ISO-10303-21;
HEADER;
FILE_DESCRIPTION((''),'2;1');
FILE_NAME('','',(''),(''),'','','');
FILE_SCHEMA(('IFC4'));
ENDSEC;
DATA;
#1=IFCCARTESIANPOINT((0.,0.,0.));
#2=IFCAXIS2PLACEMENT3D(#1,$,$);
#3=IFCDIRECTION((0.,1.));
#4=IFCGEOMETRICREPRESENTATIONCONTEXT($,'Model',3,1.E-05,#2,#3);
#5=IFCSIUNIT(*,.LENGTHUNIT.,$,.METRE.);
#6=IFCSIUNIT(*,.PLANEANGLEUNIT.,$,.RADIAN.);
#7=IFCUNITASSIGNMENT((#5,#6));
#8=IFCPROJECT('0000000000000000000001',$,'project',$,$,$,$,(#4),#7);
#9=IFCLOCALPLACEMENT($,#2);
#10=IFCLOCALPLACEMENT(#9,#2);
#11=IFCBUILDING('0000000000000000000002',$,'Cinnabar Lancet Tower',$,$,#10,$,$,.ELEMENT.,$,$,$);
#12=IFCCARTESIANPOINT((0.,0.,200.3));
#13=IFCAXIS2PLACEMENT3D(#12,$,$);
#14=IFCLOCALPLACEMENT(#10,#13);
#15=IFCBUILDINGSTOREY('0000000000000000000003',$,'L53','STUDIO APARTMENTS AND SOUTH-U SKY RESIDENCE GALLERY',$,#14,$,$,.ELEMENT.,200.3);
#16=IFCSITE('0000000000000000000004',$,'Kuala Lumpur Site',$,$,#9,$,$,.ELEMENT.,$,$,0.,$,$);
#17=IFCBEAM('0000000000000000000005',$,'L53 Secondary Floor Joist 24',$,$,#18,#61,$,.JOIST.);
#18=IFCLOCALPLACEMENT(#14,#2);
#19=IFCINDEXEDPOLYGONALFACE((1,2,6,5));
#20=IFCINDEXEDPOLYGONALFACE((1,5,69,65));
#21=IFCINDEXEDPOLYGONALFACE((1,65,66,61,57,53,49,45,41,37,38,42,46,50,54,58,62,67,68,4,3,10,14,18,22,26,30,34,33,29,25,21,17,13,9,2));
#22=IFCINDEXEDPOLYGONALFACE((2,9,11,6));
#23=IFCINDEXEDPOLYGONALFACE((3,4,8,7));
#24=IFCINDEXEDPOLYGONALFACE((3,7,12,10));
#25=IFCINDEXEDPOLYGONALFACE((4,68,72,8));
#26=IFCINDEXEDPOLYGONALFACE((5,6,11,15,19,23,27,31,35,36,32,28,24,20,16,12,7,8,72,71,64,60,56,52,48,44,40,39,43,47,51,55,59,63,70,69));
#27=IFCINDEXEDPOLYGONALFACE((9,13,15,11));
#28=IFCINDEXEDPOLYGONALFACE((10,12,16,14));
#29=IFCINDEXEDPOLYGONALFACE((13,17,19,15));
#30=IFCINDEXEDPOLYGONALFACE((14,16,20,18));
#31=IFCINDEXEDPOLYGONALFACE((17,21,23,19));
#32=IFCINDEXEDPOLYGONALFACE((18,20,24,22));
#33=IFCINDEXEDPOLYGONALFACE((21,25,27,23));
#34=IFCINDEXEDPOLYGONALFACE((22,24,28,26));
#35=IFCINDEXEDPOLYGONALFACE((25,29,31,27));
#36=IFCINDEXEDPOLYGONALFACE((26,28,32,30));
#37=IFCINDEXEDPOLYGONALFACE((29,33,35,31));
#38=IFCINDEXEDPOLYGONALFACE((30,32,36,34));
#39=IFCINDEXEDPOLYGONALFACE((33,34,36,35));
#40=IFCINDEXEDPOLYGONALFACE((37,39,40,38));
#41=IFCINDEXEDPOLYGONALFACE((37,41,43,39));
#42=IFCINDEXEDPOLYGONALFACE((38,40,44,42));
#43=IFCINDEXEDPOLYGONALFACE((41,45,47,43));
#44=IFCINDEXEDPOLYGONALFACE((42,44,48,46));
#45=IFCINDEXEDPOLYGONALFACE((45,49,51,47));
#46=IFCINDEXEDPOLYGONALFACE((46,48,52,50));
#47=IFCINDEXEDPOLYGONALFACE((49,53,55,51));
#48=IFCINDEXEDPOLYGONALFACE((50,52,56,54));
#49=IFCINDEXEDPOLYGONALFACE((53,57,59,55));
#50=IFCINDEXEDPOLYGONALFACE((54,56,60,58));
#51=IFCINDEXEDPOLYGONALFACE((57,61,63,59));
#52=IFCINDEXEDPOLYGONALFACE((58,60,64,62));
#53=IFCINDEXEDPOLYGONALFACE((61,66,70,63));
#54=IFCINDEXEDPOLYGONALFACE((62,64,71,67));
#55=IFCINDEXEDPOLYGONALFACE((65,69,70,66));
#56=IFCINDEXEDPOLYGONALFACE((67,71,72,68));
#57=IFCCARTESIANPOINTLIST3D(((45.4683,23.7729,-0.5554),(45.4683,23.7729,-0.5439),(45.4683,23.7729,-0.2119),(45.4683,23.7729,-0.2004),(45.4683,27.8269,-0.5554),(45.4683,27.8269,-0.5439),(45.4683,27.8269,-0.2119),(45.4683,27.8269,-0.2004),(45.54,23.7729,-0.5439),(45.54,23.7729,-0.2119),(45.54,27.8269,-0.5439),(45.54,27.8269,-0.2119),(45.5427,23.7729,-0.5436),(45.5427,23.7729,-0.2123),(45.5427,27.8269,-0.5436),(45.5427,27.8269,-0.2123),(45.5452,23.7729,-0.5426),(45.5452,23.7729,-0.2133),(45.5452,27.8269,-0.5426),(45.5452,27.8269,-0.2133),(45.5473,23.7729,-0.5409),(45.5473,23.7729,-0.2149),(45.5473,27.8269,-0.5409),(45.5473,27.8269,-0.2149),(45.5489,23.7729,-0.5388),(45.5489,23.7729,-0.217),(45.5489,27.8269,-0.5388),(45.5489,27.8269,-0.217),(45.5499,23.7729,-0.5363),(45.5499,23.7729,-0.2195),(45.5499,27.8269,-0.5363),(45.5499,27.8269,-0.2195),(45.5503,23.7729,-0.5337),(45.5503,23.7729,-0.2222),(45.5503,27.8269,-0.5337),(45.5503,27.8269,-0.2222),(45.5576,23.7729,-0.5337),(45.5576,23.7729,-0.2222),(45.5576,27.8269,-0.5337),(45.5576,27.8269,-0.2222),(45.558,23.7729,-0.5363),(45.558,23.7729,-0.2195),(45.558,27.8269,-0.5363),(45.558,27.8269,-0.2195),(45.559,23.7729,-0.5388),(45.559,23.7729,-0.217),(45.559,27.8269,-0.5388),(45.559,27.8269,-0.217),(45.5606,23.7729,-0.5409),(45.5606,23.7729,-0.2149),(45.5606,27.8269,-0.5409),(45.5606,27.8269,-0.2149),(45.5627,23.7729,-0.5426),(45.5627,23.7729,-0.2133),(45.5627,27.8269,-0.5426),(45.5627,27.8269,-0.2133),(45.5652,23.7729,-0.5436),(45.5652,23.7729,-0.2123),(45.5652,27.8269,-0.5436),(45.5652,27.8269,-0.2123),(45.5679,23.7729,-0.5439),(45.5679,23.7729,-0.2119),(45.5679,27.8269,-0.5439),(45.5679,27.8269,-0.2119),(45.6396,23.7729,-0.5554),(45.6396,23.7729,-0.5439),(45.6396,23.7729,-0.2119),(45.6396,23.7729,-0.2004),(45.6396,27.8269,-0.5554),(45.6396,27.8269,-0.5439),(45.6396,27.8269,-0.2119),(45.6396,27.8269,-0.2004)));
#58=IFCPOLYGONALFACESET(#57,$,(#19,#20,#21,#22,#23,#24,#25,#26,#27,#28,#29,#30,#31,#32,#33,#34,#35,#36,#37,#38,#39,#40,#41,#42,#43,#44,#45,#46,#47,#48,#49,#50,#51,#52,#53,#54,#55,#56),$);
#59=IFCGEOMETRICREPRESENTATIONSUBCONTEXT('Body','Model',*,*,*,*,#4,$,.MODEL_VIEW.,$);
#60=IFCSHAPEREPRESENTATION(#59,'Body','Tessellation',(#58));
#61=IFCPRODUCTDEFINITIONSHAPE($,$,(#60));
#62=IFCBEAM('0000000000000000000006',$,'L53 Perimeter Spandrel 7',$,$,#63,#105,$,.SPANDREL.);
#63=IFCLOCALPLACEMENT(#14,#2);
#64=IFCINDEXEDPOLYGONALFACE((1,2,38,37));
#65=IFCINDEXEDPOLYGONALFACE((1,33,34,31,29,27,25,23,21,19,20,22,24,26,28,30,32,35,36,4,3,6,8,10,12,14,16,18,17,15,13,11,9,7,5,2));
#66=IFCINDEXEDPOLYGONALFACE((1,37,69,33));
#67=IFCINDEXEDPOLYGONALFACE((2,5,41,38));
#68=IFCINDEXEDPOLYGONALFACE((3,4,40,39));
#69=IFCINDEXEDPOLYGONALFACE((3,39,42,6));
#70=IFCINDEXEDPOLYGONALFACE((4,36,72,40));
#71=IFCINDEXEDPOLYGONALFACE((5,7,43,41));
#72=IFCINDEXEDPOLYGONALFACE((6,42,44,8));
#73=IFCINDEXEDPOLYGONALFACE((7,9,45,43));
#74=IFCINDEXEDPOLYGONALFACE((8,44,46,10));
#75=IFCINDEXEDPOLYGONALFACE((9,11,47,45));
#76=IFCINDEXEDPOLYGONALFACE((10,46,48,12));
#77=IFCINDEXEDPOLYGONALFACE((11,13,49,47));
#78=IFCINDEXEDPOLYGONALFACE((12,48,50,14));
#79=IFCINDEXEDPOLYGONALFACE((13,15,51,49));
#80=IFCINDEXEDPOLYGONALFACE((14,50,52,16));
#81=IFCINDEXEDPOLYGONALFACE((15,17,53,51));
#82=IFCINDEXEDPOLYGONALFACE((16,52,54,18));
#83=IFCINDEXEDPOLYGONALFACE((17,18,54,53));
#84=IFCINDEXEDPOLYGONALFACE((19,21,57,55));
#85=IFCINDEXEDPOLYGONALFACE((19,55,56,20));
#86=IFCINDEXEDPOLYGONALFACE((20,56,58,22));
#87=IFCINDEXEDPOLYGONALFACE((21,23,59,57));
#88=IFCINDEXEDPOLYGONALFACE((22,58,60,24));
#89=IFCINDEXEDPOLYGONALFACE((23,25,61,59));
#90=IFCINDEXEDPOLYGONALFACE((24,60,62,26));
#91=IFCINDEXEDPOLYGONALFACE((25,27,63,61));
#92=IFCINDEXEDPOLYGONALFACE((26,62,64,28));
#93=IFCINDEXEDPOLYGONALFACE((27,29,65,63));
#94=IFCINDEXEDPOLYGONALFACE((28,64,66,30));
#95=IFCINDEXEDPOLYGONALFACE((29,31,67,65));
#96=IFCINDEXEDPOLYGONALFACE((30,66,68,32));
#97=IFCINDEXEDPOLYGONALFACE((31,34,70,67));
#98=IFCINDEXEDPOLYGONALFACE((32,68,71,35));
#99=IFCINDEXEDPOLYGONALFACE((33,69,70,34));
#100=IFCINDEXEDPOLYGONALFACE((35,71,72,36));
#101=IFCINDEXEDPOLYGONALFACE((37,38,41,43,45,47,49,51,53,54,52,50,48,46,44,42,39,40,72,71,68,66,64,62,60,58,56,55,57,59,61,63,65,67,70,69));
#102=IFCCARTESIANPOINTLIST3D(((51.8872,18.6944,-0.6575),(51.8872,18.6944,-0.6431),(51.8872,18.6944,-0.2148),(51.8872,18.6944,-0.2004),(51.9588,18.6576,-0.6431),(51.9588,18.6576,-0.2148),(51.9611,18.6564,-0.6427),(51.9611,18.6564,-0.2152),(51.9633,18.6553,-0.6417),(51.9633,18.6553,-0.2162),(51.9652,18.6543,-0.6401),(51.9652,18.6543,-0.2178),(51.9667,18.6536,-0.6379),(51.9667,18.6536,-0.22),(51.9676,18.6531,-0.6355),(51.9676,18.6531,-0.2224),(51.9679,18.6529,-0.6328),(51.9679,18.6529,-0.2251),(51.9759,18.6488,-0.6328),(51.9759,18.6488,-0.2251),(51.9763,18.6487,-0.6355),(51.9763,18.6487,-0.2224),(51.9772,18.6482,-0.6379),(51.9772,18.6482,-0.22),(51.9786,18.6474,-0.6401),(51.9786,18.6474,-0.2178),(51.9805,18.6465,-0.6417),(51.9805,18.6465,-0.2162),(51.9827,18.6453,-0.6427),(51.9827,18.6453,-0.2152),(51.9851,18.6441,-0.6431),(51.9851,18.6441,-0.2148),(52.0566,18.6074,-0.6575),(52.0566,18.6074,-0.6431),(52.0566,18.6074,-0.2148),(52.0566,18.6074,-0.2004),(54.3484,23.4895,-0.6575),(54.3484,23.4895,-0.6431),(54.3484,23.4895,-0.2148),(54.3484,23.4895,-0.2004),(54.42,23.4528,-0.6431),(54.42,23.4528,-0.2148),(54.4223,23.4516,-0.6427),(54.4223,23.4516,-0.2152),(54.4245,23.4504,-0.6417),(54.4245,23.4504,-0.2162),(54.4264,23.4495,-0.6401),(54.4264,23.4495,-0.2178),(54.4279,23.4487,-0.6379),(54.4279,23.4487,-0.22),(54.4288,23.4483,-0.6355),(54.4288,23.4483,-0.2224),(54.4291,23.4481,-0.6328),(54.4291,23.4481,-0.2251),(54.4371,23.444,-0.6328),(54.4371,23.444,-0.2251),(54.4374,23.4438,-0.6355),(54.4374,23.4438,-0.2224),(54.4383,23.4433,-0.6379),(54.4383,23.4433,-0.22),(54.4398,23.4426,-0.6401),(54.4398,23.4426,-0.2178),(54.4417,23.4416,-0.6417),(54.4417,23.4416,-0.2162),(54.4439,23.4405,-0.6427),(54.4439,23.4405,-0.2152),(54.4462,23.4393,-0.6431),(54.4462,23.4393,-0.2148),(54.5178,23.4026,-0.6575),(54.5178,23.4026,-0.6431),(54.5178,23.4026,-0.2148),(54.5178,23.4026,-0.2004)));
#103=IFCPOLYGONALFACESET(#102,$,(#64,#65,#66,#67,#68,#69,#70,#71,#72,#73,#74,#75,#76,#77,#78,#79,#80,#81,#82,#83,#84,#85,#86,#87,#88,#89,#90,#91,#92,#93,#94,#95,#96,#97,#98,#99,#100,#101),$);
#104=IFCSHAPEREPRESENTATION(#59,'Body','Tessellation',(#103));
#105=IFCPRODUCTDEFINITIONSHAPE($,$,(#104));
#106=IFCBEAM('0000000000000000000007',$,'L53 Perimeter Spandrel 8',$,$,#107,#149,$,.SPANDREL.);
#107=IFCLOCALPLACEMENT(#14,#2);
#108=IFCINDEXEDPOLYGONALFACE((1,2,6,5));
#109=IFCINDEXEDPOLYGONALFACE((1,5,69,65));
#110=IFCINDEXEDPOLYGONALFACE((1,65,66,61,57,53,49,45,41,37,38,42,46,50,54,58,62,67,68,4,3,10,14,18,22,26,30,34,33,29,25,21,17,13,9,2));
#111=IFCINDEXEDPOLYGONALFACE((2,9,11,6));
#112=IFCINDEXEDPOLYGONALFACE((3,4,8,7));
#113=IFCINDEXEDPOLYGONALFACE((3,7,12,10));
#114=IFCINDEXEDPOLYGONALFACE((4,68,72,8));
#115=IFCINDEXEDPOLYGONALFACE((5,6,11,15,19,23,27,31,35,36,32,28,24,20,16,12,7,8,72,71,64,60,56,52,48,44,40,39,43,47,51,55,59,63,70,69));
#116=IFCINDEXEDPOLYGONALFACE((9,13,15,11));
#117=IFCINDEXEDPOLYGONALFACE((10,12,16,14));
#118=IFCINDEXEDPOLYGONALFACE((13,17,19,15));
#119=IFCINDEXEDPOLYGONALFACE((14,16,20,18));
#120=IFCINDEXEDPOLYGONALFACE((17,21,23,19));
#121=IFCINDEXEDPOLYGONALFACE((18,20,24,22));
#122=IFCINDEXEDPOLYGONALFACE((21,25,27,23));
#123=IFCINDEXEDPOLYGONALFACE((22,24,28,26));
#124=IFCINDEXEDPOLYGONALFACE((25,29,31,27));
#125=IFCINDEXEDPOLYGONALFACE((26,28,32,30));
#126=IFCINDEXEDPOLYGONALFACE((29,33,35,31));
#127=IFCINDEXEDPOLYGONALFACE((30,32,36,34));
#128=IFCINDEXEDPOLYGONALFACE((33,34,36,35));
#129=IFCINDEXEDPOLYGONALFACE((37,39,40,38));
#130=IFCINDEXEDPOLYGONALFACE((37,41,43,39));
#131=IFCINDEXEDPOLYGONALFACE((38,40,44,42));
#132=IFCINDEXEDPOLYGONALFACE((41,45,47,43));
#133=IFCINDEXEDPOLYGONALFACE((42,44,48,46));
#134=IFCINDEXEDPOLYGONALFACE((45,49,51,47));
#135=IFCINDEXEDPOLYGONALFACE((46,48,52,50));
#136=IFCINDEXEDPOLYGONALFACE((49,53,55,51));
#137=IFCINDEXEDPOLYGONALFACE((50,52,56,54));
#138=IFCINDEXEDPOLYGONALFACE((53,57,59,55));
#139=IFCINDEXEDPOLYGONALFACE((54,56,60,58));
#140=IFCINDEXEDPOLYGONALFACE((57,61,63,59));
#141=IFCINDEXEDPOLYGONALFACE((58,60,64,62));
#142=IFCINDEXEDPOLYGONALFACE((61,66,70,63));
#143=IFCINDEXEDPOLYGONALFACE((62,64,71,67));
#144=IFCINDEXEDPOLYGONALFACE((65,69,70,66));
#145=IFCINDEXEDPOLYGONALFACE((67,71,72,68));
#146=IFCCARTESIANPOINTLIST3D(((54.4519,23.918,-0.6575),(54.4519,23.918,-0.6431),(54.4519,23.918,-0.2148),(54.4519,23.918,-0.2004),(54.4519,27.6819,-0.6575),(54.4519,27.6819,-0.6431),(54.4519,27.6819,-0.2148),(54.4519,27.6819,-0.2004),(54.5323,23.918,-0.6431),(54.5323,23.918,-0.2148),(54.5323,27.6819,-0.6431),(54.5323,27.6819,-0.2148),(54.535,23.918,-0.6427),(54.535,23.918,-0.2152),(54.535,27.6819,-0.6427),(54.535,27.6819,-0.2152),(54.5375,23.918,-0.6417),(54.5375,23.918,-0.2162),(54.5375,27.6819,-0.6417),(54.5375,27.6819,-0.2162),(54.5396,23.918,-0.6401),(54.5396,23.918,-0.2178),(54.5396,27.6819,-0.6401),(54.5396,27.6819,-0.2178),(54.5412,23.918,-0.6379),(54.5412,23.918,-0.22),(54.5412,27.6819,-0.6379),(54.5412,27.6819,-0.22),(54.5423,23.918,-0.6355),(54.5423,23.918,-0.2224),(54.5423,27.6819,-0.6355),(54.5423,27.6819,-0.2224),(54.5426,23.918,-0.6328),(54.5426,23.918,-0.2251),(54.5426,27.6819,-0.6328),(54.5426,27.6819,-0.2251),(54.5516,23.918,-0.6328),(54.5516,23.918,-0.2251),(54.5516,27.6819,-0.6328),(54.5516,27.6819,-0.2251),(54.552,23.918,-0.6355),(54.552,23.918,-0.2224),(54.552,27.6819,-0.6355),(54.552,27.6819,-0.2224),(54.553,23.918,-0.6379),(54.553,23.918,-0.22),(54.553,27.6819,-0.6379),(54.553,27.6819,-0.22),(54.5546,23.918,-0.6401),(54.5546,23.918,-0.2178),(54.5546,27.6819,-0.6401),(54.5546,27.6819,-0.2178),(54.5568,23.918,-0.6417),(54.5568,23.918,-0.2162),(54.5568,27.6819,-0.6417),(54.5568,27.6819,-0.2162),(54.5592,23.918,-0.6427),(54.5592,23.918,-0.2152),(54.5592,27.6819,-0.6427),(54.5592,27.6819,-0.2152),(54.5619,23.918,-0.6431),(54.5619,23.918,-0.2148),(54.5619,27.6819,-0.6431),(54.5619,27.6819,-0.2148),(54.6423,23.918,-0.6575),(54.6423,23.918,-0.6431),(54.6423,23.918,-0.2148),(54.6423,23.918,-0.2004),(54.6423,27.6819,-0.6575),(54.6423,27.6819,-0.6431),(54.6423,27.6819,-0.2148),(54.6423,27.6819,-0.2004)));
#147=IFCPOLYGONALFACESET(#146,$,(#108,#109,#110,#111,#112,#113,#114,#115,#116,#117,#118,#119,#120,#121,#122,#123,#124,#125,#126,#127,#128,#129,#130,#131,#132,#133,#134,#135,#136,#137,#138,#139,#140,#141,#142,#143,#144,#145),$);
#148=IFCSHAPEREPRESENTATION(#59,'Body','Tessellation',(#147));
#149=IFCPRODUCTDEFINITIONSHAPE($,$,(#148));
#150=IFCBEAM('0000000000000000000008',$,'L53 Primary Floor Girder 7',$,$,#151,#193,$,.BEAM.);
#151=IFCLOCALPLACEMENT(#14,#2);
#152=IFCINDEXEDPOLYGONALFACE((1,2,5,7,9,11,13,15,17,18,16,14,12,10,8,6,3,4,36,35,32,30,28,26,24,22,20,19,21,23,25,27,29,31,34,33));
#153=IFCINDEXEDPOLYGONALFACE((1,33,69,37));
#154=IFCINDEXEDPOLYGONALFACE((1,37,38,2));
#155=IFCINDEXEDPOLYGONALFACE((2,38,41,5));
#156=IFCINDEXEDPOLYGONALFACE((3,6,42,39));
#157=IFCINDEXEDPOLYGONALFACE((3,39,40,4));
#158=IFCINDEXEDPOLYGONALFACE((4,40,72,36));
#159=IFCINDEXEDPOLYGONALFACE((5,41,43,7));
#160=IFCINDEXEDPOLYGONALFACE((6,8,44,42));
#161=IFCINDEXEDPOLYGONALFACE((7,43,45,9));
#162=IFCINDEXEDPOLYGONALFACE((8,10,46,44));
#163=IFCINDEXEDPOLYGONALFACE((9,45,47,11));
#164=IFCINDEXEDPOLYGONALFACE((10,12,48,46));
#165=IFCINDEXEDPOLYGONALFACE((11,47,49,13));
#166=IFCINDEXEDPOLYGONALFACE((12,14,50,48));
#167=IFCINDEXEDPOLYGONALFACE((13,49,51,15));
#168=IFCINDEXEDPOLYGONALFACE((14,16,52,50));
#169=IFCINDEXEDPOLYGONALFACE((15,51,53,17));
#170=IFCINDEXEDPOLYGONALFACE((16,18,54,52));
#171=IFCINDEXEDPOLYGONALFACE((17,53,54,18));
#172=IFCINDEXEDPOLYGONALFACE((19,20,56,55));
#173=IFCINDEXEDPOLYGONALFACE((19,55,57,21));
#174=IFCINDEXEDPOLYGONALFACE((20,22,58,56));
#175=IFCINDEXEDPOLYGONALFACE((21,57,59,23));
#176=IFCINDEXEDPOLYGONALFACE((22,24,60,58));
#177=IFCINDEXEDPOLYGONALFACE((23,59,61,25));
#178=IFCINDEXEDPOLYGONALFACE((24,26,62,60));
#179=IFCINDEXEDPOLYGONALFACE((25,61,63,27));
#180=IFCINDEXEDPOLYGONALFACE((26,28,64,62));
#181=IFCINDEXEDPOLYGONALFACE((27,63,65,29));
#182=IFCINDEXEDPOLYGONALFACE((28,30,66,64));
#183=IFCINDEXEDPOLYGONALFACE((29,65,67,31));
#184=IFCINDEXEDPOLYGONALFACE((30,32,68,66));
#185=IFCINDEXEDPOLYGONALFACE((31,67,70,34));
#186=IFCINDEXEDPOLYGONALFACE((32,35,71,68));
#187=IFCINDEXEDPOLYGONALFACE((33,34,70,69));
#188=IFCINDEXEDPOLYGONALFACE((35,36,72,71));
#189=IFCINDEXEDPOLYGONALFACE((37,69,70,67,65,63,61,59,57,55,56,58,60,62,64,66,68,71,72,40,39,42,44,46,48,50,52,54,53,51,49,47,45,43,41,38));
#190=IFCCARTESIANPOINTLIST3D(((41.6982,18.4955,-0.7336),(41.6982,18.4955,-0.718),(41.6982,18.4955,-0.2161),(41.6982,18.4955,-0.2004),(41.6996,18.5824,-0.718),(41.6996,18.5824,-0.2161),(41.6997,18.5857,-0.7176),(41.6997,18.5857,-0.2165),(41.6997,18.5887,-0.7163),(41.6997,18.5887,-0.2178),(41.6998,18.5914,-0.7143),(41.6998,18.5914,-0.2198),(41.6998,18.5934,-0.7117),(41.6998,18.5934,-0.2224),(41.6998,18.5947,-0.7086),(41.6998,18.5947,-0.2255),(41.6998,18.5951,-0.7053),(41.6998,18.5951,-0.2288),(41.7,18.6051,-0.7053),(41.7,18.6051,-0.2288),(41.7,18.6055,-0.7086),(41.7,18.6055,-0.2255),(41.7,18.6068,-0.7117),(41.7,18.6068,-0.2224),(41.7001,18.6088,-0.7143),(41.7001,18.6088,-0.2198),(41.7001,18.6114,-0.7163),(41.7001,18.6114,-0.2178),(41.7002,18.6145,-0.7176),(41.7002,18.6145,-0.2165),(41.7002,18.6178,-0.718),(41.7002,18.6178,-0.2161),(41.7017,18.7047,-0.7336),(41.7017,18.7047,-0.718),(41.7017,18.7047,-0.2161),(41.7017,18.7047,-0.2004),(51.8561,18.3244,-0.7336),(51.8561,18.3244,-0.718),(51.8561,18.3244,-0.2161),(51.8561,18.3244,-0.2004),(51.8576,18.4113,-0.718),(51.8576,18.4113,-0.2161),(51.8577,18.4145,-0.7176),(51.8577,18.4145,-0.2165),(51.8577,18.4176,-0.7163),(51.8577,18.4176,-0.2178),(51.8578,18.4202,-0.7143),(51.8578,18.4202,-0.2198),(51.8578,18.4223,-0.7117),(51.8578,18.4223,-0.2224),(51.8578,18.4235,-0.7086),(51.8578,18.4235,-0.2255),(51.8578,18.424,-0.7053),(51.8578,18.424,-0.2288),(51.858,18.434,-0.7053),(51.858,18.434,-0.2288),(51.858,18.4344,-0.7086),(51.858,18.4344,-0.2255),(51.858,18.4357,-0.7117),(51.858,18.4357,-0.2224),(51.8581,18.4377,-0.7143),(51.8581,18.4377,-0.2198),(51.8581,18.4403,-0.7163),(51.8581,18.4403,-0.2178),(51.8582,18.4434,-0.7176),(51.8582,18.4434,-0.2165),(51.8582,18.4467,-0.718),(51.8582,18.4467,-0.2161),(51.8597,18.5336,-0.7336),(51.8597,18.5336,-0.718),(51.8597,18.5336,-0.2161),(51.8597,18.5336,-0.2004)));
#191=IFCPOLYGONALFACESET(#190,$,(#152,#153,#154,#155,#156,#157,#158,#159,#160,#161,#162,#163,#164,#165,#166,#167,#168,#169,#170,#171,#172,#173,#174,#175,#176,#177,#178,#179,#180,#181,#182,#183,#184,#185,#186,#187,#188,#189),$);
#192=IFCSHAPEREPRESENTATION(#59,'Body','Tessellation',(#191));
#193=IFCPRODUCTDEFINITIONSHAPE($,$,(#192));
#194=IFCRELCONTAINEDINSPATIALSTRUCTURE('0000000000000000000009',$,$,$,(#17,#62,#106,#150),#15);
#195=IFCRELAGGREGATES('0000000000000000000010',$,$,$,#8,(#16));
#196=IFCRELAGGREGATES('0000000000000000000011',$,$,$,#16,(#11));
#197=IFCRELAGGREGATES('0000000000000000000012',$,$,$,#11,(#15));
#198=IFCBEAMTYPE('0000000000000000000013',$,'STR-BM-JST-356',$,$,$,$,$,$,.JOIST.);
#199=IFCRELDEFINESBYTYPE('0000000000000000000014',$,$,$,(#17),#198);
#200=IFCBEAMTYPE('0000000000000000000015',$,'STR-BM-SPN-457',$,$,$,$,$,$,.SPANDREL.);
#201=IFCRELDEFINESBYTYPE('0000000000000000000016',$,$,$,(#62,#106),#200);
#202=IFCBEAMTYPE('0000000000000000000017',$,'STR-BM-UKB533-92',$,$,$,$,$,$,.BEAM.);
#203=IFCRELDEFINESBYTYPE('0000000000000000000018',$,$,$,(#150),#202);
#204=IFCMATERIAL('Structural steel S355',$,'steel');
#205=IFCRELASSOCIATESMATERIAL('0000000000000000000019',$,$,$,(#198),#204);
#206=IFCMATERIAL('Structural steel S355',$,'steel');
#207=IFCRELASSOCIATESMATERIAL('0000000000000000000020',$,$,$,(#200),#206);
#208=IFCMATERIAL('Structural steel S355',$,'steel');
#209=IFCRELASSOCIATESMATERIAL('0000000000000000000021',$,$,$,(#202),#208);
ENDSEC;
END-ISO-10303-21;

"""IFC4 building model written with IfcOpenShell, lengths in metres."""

from ifc_helpers import new_model, si_unit, direction, frame, origin, origin_2d, place, context, subcontext, project, spatial, i_section, extrude, material, material_profile, profile_set, type_object, element, save


model = new_model("IFC4")

# Units and contexts
model_context = context("Model", 3, precision=1e-05, world=origin(), true_north=direction((0.0, 1.0)))
body_context = subcontext(model_context, "Body", "Model", "MODEL_VIEW")
ifc_project = project(units=[si_unit("LENGTHUNIT", "METRE"), si_unit("PLANEANGLEUNIT", "RADIAN")], contexts=[model_context])

# Site, building, storey
site_placement = place(None, origin())
site = spatial("IfcSite", under=ifc_project, at=site_placement, Name="Kuala Lumpur Site", CompositionType="ELEMENT", RefElevation=0.0)
building_placement = place(site_placement, origin())
building = spatial("IfcBuilding", under=site, at=building_placement, Name="Cinnabar Lancet Tower", CompositionType="ELEMENT")
storey_placement = place(building_placement, frame((0.0, 0.0, 200.3)))
storey = spatial("IfcBuildingStorey", under=building, at=storey_placement, Name="L53", Description="STUDIO APARTMENTS AND SOUTH-U SKY RESIDENCE GALLERY", CompositionType="ELEMENT", Elevation=200.3)

# Beams
ifc_material_1 = material(Name="Structural steel S355", Category="steel")
ifc_material_profile_1 = material_profile(ifc_material_1, i_section(OverallWidth=0.1714, OverallDepth=0.355, WebThickness=0.0073, FlangeThickness=0.0115, FilletRadius=0.0103, at=origin_2d()), Name="UKB 356x171x51")
ifc_profile_set_1 = profile_set([ifc_material_profile_1], Name="Structural steel S355")
beam_type_1 = type_object("IfcBeamType", Name="STR-BM-JST-356", PredefinedType="JOIST", material=ifc_profile_set_1)
for number, where, z_axis, x_axis, name in (
    (1, (45.554, 23.7729, -0.3779), (0.0, 1.0, 0.0), (-1.0, 0.0, 0.0), "L53 Secondary Floor Joist 24"),
):
    element("IfcBeam", number, at=place(storey_placement, frame(where, z_axis=z_axis, x_axis=x_axis)), inside=storey, type_object=beam_type_1, Name=name, PredefinedType="JOIST", context=body_context, shape_type="SweptSolid", body=[
        extrude(i_section(OverallWidth=0.1714, OverallDepth=0.355, WebThickness=0.0073, FlangeThickness=0.0115, FilletRadius=0.0103, at=origin_2d()), origin(), (0.0, 0.0, 1.0), 4.054),
    ])
ifc_material_2 = material(Name="Structural steel S355", Category="steel")
ifc_material_profile_2 = material_profile(ifc_material_2, i_section(OverallWidth=0.1904, OverallDepth=0.457, WebThickness=0.009, FlangeThickness=0.0144, FilletRadius=0.0103, at=origin_2d()), Name="UKB 457x191x74")
ifc_profile_set_2 = profile_set([ifc_material_profile_2], Name="Structural steel S355")
beam_type_2 = type_object("IfcBeamType", Name="STR-BM-SPN-457", PredefinedType="SPANDREL", material=ifc_profile_set_2)
beam_1_placement = place(storey_placement, frame((51.9719, 18.6509, -0.429), z_axis=(0.456628, 0.889658, 0.0), x_axis=(-0.889658, 0.456628, 0.0)))
element("IfcBeam", 2, at=beam_1_placement, inside=storey, type_object=beam_type_2, Name="L53 Perimeter Spandrel 7", PredefinedType="SPANDREL", context=body_context, shape_type="SweptSolid", body=[
    extrude(i_section(OverallWidth=0.1904, OverallDepth=0.457, WebThickness=0.009, FlangeThickness=0.0144, FilletRadius=0.0103, at=origin_2d()), origin(), (0.0, 0.0, 1.0), 5.3899),
])
beam_2_placement = place(storey_placement, frame((54.5471, 23.918, -0.429), z_axis=(0.0, 1.0, 0.0), x_axis=(-1.0, 0.0, 0.0)))
element("IfcBeam", 3, at=beam_2_placement, inside=storey, type_object=beam_type_2, Name="L53 Perimeter Spandrel 8", PredefinedType="SPANDREL", context=body_context, shape_type="SweptSolid", body=[
    extrude(i_section(OverallWidth=0.1904, OverallDepth=0.457, WebThickness=0.009, FlangeThickness=0.0144, FilletRadius=0.0103, at=origin_2d()), origin(), (0.0, 0.0, 1.0), 3.7639),
])
ifc_material_3 = material(Name="Structural steel S355", Category="steel")
ifc_material_profile_3 = material_profile(ifc_material_3, i_section(OverallWidth=0.2092, OverallDepth=0.5332, WebThickness=0.01, FlangeThickness=0.0156, FilletRadius=0.0127, at=origin_2d()), Name="UKB 533x210x92")
ifc_profile_set_3 = profile_set([ifc_material_profile_3], Name="Structural steel S355")
beam_type_3 = type_object("IfcBeamType", Name="STR-BM-UKB533-92", PredefinedType="BEAM", material=ifc_profile_set_3)
beam_3_placement = place(storey_placement, frame((51.8579, 18.429, -0.467), z_axis=(-0.999858, 0.016846, 0.0), x_axis=(-0.016846, -0.999858, 0.0)))
element("IfcBeam", 4, at=beam_3_placement, inside=storey, type_object=beam_type_3, Name="L53 Primary Floor Girder 7", PredefinedType="BEAM", context=body_context, shape_type="SweptSolid", body=[
    extrude(i_section(OverallWidth=0.2092, OverallDepth=0.5332, WebThickness=0.01, FlangeThickness=0.0156, FilletRadius=0.0127, at=origin_2d()), origin(), (0.0, 0.0, 1.0), 10.1594),
])

save(model, "model.ifc")
